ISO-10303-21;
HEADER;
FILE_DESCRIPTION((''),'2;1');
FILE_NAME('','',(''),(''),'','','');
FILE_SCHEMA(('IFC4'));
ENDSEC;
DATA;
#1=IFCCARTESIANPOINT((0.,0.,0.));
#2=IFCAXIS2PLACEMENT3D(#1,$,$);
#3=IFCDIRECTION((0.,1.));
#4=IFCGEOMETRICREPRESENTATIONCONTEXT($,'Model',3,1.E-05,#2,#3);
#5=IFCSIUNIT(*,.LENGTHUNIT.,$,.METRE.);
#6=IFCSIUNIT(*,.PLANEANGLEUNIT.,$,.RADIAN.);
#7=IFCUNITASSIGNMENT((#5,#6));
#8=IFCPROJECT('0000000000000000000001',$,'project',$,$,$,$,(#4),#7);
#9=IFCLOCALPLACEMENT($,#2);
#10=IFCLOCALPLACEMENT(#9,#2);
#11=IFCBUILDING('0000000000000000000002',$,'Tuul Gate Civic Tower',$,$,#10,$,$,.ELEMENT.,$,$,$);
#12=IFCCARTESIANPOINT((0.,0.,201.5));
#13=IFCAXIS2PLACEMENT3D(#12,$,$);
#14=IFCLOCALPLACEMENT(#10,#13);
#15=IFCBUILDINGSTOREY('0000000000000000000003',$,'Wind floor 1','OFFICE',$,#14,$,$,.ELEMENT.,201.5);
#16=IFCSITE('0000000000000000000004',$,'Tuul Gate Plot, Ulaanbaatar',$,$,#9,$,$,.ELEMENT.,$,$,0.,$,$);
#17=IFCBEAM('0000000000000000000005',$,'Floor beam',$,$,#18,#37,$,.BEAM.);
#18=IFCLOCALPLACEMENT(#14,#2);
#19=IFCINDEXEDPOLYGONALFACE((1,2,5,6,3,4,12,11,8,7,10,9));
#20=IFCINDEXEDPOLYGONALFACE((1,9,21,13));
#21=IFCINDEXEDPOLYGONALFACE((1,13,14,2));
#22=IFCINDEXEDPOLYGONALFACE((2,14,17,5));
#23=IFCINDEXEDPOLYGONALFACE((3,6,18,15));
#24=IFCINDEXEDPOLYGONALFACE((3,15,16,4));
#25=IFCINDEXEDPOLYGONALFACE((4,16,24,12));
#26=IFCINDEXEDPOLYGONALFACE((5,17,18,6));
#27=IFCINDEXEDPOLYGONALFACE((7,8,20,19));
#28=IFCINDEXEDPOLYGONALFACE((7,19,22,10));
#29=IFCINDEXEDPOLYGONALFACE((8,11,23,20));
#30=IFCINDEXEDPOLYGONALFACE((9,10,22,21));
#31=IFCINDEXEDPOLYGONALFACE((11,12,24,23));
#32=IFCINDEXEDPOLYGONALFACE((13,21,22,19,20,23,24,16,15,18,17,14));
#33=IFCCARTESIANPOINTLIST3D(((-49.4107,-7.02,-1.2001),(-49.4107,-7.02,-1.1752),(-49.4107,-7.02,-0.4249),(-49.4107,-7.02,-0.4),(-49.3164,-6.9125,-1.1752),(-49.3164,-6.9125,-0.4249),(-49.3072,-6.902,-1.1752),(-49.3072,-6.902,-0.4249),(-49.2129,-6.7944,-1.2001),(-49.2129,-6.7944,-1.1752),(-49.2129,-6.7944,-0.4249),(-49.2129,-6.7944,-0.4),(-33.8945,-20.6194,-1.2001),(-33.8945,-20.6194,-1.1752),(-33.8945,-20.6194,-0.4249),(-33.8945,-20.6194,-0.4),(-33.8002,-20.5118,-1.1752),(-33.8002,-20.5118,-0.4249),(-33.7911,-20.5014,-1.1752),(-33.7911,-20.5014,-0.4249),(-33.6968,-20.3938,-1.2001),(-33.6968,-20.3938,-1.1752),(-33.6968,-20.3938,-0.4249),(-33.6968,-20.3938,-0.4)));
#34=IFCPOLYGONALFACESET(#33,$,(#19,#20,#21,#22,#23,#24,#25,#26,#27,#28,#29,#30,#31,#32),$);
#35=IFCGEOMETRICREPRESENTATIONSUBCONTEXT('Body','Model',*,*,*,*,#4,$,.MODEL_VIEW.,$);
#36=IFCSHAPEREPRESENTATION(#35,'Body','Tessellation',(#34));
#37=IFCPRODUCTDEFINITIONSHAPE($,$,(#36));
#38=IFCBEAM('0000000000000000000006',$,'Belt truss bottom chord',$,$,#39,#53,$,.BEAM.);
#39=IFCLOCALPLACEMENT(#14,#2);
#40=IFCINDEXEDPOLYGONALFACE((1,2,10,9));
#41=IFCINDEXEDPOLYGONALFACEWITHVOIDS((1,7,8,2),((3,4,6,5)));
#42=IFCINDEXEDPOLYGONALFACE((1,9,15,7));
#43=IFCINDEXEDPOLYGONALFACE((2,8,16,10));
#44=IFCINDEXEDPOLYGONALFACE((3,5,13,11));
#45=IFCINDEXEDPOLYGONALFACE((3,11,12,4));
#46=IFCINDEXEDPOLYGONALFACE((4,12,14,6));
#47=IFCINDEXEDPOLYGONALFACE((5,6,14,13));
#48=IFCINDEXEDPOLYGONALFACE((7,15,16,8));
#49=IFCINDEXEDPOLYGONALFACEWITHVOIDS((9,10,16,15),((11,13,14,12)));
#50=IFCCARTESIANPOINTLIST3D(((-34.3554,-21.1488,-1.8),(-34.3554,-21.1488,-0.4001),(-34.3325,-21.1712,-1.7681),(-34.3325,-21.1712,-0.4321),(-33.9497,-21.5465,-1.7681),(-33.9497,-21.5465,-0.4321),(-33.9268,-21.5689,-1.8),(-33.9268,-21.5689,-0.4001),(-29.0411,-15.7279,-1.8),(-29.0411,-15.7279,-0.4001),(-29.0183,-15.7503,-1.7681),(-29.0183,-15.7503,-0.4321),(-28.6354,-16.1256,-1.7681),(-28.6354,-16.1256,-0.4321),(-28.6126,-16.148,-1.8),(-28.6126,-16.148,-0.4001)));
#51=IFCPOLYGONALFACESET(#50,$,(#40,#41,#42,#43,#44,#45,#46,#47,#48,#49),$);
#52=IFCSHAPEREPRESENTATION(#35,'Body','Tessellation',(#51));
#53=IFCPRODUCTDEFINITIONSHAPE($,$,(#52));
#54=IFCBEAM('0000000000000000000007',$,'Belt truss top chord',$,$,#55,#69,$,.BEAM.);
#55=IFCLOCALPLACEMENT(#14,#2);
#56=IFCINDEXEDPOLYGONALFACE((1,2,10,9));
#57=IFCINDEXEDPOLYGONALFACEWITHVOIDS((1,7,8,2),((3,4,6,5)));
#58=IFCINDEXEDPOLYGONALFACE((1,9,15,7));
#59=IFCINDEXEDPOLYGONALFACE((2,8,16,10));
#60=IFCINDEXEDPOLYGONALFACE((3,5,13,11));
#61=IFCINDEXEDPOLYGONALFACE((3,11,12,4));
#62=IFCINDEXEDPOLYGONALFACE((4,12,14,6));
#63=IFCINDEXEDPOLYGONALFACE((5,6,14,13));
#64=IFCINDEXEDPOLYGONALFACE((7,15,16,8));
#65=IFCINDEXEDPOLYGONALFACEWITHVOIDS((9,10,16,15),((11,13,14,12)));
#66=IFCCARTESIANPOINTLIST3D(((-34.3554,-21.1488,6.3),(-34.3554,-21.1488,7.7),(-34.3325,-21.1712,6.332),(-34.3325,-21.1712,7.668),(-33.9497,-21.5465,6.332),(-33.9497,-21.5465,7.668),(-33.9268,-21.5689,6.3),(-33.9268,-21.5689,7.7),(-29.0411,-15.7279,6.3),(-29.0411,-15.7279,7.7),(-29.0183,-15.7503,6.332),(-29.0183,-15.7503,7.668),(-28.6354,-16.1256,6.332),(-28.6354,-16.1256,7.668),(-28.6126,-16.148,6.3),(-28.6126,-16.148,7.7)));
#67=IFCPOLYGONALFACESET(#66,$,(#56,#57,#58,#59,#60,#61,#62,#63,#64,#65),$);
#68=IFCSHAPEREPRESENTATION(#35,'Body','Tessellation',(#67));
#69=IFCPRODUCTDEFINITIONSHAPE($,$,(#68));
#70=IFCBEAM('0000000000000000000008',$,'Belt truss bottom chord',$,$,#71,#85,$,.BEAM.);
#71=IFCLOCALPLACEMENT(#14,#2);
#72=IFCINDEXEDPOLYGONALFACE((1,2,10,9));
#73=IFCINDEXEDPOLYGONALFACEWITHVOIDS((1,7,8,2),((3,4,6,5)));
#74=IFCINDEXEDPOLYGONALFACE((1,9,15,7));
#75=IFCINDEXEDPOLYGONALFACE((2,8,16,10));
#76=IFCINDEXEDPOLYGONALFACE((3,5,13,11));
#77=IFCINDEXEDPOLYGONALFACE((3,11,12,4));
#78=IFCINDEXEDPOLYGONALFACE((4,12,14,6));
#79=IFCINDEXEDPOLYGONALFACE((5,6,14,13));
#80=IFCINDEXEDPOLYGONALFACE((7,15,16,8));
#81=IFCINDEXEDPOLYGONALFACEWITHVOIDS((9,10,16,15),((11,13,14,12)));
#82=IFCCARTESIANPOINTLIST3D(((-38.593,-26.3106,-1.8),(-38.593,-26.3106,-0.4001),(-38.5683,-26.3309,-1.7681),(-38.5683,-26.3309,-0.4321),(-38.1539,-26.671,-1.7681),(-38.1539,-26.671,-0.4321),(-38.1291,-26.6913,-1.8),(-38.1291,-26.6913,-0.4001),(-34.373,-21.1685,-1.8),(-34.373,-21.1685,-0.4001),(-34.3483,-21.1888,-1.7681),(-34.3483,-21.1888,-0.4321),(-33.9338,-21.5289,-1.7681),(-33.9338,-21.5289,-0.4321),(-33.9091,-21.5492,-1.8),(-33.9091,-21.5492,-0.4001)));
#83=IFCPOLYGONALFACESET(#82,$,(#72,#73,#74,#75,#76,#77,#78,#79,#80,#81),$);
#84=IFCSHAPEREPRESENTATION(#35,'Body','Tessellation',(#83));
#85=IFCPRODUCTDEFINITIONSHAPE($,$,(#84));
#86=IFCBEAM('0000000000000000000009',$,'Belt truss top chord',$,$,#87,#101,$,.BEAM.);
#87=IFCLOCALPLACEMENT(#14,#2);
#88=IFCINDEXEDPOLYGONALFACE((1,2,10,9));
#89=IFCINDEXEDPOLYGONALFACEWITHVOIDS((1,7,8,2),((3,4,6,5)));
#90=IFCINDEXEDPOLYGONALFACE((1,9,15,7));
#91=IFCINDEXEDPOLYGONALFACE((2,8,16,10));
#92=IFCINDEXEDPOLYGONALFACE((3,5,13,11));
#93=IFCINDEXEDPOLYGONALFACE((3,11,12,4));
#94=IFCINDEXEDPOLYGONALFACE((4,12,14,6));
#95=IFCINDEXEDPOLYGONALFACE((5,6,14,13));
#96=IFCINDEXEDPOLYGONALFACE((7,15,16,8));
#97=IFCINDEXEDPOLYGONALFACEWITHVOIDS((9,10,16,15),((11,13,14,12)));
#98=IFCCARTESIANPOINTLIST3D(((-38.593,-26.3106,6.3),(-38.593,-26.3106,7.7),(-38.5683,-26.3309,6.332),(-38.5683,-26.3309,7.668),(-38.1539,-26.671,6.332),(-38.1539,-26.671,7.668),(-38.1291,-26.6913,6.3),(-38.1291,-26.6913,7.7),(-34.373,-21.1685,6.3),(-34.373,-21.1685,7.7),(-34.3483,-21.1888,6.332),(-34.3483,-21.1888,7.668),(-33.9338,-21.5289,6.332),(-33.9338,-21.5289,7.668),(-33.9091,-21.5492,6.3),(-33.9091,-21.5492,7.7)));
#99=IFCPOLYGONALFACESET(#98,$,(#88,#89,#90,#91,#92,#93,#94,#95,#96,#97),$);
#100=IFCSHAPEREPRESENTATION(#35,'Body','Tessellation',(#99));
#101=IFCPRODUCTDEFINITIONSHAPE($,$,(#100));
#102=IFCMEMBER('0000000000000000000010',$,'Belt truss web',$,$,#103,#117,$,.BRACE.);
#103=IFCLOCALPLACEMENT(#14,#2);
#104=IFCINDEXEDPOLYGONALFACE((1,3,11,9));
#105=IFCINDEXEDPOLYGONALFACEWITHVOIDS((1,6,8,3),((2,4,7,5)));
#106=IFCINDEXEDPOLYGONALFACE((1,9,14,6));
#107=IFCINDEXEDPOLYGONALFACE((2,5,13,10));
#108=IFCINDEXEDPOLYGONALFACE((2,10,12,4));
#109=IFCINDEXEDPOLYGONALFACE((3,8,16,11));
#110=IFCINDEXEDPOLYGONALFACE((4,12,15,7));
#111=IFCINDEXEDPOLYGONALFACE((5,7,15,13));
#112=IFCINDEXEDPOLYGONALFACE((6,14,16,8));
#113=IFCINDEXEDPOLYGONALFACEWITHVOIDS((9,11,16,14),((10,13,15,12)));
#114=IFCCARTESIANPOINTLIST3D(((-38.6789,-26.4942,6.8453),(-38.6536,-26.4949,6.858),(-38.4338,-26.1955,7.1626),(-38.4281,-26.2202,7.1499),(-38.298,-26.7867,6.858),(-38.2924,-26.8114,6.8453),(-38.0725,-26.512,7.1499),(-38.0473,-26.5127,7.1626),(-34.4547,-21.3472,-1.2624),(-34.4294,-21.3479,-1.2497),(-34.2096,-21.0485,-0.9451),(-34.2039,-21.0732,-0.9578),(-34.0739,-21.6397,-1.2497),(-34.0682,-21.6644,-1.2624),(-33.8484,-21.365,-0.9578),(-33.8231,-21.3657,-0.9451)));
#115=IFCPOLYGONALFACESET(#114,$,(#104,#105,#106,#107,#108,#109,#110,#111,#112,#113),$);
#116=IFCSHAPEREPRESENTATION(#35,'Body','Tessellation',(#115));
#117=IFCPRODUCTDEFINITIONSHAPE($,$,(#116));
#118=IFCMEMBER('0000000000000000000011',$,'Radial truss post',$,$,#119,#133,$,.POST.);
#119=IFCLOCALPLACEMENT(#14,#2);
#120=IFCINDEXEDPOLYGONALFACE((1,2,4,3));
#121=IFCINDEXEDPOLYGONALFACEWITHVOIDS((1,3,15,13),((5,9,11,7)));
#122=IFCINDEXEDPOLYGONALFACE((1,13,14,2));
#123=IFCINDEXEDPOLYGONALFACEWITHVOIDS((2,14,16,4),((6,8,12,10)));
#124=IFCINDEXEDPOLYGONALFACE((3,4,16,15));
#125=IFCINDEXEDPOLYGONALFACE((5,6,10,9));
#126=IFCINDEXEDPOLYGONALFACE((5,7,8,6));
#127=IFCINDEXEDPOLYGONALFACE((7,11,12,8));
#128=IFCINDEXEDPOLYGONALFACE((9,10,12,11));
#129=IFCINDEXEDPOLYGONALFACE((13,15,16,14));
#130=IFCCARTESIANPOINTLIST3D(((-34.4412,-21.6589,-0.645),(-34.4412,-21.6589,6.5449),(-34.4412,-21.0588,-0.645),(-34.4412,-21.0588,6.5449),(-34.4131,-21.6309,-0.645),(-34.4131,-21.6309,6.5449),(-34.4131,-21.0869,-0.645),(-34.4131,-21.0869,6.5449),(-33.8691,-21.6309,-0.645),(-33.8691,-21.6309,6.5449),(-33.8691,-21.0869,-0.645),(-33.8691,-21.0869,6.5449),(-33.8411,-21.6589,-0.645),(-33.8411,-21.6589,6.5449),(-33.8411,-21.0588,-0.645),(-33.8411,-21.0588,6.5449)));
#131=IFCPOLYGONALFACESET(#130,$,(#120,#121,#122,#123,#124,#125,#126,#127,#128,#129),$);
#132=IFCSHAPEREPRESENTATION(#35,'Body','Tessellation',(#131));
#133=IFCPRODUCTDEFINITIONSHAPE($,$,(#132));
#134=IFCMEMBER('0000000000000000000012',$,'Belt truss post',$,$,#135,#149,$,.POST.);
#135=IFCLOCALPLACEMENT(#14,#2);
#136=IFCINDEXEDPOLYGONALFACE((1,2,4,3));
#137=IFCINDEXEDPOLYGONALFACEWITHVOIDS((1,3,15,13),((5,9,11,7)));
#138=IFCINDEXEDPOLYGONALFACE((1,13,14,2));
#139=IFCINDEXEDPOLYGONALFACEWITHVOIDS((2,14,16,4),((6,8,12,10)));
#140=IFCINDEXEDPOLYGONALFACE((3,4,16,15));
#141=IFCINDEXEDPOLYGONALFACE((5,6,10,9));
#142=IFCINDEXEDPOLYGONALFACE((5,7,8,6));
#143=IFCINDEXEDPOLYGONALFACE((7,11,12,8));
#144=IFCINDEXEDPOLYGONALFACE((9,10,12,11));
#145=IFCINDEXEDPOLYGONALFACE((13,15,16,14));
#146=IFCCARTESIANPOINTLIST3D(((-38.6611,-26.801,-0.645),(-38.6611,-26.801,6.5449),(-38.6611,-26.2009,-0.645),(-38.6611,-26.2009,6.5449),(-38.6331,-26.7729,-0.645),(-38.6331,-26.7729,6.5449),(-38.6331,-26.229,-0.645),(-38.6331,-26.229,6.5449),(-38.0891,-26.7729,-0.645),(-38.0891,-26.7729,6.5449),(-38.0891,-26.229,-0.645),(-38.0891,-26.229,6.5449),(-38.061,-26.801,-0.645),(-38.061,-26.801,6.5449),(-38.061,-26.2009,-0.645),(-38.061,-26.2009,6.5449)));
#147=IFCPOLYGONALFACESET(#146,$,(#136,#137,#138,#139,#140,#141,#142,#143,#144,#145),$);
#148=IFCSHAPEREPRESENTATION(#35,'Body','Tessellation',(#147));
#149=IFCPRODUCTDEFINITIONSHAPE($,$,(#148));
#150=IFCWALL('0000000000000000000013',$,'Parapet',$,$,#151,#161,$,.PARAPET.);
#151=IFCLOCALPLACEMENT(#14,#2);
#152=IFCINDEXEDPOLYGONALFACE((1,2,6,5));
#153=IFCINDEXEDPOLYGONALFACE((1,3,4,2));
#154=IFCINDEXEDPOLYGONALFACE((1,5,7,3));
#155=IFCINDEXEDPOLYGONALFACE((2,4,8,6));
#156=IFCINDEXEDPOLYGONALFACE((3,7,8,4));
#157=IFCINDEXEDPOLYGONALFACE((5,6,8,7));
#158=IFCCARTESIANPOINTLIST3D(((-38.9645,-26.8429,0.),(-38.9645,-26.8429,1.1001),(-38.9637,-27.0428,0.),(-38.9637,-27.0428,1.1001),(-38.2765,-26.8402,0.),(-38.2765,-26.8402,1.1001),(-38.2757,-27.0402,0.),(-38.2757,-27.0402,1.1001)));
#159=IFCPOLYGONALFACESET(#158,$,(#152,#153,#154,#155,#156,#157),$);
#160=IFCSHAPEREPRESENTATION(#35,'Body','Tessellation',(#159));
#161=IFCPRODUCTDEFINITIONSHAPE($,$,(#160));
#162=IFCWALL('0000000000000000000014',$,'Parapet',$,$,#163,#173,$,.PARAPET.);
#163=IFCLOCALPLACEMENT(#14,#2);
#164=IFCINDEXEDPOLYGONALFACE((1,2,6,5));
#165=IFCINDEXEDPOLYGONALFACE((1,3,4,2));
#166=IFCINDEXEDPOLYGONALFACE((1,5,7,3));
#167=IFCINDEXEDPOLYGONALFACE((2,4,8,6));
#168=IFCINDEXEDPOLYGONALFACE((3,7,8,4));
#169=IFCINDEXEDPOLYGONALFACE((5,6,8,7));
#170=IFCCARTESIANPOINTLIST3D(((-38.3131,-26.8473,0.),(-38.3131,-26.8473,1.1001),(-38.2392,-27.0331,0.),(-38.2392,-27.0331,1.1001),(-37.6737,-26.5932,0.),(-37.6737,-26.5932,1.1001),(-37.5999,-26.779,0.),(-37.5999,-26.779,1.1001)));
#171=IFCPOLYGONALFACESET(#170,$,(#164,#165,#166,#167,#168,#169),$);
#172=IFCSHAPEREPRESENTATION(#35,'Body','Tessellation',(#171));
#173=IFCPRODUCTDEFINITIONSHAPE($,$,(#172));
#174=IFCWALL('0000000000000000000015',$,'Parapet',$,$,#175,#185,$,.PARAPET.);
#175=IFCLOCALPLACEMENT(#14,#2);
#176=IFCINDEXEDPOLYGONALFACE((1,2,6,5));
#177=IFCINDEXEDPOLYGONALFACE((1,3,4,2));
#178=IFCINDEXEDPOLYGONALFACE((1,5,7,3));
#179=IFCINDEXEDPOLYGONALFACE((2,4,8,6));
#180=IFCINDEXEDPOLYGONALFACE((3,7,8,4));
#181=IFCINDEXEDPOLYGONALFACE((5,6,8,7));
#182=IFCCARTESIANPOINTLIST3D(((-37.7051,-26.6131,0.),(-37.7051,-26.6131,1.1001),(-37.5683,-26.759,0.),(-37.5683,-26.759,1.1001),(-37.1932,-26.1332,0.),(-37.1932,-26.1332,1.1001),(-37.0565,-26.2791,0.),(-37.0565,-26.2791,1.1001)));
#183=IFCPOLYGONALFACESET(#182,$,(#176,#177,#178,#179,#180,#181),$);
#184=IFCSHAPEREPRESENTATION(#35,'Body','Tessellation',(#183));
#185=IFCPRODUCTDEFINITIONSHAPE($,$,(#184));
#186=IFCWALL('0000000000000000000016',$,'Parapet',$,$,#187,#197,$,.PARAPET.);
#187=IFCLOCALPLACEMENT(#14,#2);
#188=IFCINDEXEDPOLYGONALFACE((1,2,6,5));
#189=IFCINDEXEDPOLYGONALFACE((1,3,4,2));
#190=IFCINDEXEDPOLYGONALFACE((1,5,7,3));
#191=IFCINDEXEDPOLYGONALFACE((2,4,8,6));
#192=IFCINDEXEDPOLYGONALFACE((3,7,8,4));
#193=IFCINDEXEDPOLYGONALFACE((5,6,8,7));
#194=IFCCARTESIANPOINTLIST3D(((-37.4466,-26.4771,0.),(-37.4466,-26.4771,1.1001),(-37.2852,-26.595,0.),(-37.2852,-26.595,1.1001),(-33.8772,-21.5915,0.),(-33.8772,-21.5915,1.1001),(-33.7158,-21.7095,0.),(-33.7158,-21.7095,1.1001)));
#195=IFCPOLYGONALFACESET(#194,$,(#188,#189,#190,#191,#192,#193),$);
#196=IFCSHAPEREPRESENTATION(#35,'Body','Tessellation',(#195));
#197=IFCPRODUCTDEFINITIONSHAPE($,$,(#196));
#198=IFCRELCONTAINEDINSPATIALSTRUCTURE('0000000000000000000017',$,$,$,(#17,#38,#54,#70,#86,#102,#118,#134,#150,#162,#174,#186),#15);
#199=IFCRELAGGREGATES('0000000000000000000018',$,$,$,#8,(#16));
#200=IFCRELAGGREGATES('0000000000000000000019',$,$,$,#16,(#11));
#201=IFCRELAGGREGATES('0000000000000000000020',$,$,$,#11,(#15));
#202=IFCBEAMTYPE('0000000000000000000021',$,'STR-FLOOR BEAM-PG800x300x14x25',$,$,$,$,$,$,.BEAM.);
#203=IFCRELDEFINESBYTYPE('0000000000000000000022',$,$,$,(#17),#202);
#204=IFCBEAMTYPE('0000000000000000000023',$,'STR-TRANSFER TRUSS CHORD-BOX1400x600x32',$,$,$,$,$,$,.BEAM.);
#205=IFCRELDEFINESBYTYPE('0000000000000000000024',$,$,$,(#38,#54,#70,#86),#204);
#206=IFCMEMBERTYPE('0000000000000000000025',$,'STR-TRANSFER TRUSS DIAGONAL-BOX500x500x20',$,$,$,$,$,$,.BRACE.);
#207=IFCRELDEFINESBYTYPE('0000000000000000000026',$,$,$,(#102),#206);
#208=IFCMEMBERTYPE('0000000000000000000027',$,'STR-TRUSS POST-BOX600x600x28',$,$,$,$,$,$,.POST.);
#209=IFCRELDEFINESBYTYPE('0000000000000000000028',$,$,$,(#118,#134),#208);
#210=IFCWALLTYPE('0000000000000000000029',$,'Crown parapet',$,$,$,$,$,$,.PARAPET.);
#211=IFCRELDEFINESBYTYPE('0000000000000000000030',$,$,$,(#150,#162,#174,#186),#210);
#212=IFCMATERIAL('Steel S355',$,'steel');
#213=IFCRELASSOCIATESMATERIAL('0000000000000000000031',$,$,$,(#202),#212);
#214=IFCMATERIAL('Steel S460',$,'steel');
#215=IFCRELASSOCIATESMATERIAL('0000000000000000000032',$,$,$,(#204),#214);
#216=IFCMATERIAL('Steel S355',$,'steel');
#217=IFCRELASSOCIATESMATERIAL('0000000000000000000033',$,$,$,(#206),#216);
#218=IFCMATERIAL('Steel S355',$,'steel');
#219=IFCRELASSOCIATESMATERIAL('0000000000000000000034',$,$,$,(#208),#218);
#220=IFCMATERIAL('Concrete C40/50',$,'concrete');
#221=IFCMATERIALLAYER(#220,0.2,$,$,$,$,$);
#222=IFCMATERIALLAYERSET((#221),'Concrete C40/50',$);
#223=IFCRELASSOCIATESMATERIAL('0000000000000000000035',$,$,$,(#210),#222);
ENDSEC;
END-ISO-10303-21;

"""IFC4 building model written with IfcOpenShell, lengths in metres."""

from ifc_helpers import new_model, si_unit, direction, frame, frame_2d, origin, origin_2d, place, context, subcontext, project, spatial, rectangle, hollow_rectangle, i_section, extrude, material, layer, layer_set, material_profile, profile_set, type_object, element, save


model = new_model("IFC4")

# Units and contexts
model_context = context("Model", 3, precision=1e-05, world=origin(), true_north=direction((0.0, 1.0)))
body_context = subcontext(model_context, "Body", "Model", "MODEL_VIEW")
ifc_project = project(units=[si_unit("LENGTHUNIT", "METRE"), si_unit("PLANEANGLEUNIT", "RADIAN")], contexts=[model_context])

# Site, building, storey
site_placement = place(None, origin())
site = spatial("IfcSite", under=ifc_project, at=site_placement, Name="Tuul Gate Plot, Ulaanbaatar", CompositionType="ELEMENT", RefElevation=0.0)
building_placement = place(site_placement, origin())
building = spatial("IfcBuilding", under=site, at=building_placement, Name="Tuul Gate Civic Tower", CompositionType="ELEMENT")
storey_placement = place(building_placement, frame((0.0, 0.0, 201.5)))
storey = spatial("IfcBuildingStorey", under=building, at=storey_placement, Name="Wind floor 1", Description="OFFICE", CompositionType="ELEMENT", Elevation=201.5)

# Beams
ifc_material_1 = material(Name="Steel S355", Category="steel")
ifc_material_profile_1 = material_profile(ifc_material_1, i_section(OverallWidth=0.3, OverallDepth=0.8, WebThickness=0.0139, FlangeThickness=0.0249, at=origin_2d()), Name="PG800x300x14x25")
ifc_profile_set_1 = profile_set([ifc_material_profile_1], Name="Steel S355")
beam_type_1 = type_object("IfcBeamType", Name="STR-FLOOR BEAM-PG800x300x14x25", PredefinedType="BEAM", material=ifc_profile_set_1)
beam_placement = place(storey_placement, frame((-33.7957, -20.5066, -0.8), z_axis=(-0.75203, 0.659129, 0.0), x_axis=(-0.659129, -0.75203, 0.0)))
element("IfcBeam", 1, at=beam_placement, inside=storey, type_object=beam_type_1, Name="Floor beam", PredefinedType="BEAM", context=body_context, shape_type="SweptSolid", body=[
    extrude(i_section(OverallWidth=0.3, OverallDepth=0.8, WebThickness=0.0139, FlangeThickness=0.0249, at=origin_2d()), origin(), (0.0, 0.0, 1.0), 20.6323),
])
ifc_material_2 = material(Name="Steel S460", Category="steel")
ifc_material_profile_2 = material_profile(ifc_material_2, hollow_rectangle(XDim=0.6001, YDim=1.3999, WallThickness=0.032, at=origin_2d()), Name="BOX1400x600x32")
ifc_profile_set_2 = profile_set([ifc_material_profile_2], Name="Steel S460")
beam_type_2 = type_object("IfcBeamType", Name="STR-TRANSFER TRUSS CHORD-BOX1400x600x32", PredefinedType="BEAM", material=ifc_profile_set_2)
for number, where, z_axis, x_axis, name in (
    (2, (-34.1411, -21.3589, -1.1001), (0.700045, 0.714099, 0.0), (-0.714099, 0.700045, 0.0), "Belt truss bottom chord"),
    (3, (-34.1411, -21.3589, 7.0), (0.700045, 0.714099, 0.0), (-0.714099, 0.700045, 0.0), "Belt truss top chord"),
):
    element("IfcBeam", number, at=place(storey_placement, frame(where, z_axis=z_axis, x_axis=x_axis)), inside=storey, type_object=beam_type_2, Name=name, PredefinedType="BEAM", context=body_context, shape_type="SweptSolid", body=[
        extrude(hollow_rectangle(XDim=0.6001, YDim=1.3999, WallThickness=0.032, at=origin_2d()), origin(), (0.0, 0.0, 1.0), 7.5913),
    ])
for number, where, z_axis, x_axis, name in (
    (4, (-38.3611, -26.501, -1.1001), (0.63439, 0.773013, 0.0), (-0.773013, 0.63439, 0.0), "Belt truss bottom chord"),
    (5, (-38.3611, -26.501, 7.0), (0.63439, 0.773013, 0.0), (-0.773013, 0.63439, 0.0), "Belt truss top chord"),
):
    element("IfcBeam", number, at=place(storey_placement, frame(where, z_axis=z_axis, x_axis=x_axis)), inside=storey, type_object=beam_type_2, Name=name, PredefinedType="BEAM", context=body_context, shape_type="SweptSolid", body=[
        extrude(hollow_rectangle(XDim=0.6001, YDim=1.3999, WallThickness=0.032, at=origin_2d()), origin(), (0.0, 0.0, 1.0), 6.6521),
    ])

# Members
ifc_material_3 = material(Name="Steel S355", Category="steel")
ifc_material_profile_3 = material_profile(ifc_material_3, hollow_rectangle(XDim=0.5, YDim=0.5, WallThickness=0.02, at=origin_2d()), Name="BOX500x500x20")
ifc_profile_set_3 = profile_set([ifc_material_profile_3], Name="Steel S355")
member_type_1 = type_object("IfcMemberType", Name="STR-TRANSFER TRUSS DIAGONAL-BOX500x500x20", PredefinedType="BRACE", material=ifc_profile_set_3)
member_placement = place(storey_placement, frame((-34.1389, -21.3564, -1.1038), z_axis=(-0.402628, -0.490591, 0.772794), x_axis=(0.773002, -0.634403, 0.0)))
element("IfcMember", 6, at=member_placement, inside=storey, type_object=member_type_1, Name="Belt truss web", PredefinedType="BRACE", context=body_context, shape_type="SweptSolid", body=[
    extrude(hollow_rectangle(XDim=0.5, YDim=0.5, WallThickness=0.02, at=origin_2d()), origin(), (0.0, 0.0, 1.0), 10.4915),
])
ifc_material_4 = material(Name="Steel S355", Category="steel")
ifc_material_profile_4 = material_profile(ifc_material_4, hollow_rectangle(XDim=0.6001, YDim=0.6001, WallThickness=0.0281, at=origin_2d()), Name="BOX600x600x28")
ifc_profile_set_4 = profile_set([ifc_material_profile_4], Name="Steel S355")
member_type_2 = type_object("IfcMemberType", Name="STR-TRUSS POST-BOX600x600x28", PredefinedType="POST", material=ifc_profile_set_4)
for number, where, z_axis, x_axis, name in (
    (7, (-34.1411, -21.3589, -0.645), (0.0, 0.0, 1.0), (1.0, 0.0, 0.0), "Radial truss post"),
    (8, (-38.3611, -26.501, -0.645), (0.0, 0.0, 1.0), (1.0, 0.0, 0.0), "Belt truss post"),
):
    element("IfcMember", number, at=place(storey_placement, frame(where, z_axis=z_axis, x_axis=x_axis)), inside=storey, type_object=member_type_2, Name=name, PredefinedType="POST", context=body_context, shape_type="SweptSolid", body=[
        extrude(hollow_rectangle(XDim=0.6001, YDim=0.6001, WallThickness=0.0281, at=origin_2d()), origin(), (0.0, 0.0, 1.0), 7.1899),
    ])

# Walls
ifc_material_5 = material(Name="Concrete C40/50", Category="concrete")
ifc_layer_1 = layer(ifc_material_5, 0.2)
ifc_layer_set_1 = layer_set([ifc_layer_1], Name="Concrete C40/50")
wall_type_1 = type_object("IfcWallType", Name="Crown parapet", PredefinedType="PARAPET", material=ifc_layer_set_1)
for number, where, z_axis, x_axis, name in (
    (9, (-38.9641, -26.9429, 0.0), (0.0, 0.0, 1.0), (0.999992, 0.003903, 0.0), "Parapet"),
    (10, (-38.2761, -26.9402, 0.0), (0.0, 0.0, 1.0), (0.929282, 0.369371, 0.0), "Parapet"),
):
    element("IfcWall", number, at=place(storey_placement, frame(where, z_axis=z_axis, x_axis=x_axis)), inside=storey, type_object=wall_type_1, Name=name, PredefinedType="PARAPET", context=body_context, shape_type="SweptSolid", body=[
        extrude(rectangle(XDim=0.688, YDim=0.2, at=frame_2d((0.344, 0.0))), origin(), (0.0, 0.0, 1.0), 1.1001),
    ])
wall_1_placement = place(storey_placement, frame((-37.6367, -26.686, 0.0), z_axis=(0.0, 0.0, 1.0), x_axis=(0.729526, 0.683953, 0.0)))
element("IfcWall", 11, at=wall_1_placement, inside=storey, type_object=wall_type_1, Name="Parapet", PredefinedType="PARAPET", context=body_context, shape_type="SweptSolid", body=[
    extrude(rectangle(XDim=0.7017, YDim=0.2, at=frame_2d((0.3508, 0.0))), origin(), (0.0, 0.0, 1.0), 1.1001),
])
wall_2_placement = place(storey_placement, frame((-37.366, -26.5361, 0.0), z_axis=(0.0, 0.0, 1.0), x_axis=(0.589927, 0.807457, 0.0)))
element("IfcWall", 12, at=wall_2_placement, inside=storey, type_object=wall_type_1, Name="Parapet", PredefinedType="PARAPET", context=body_context, shape_type="SweptSolid", body=[
    extrude(rectangle(XDim=6.0505, YDim=0.2, at=frame_2d((3.0254, 0.0))), origin(), (0.0, 0.0, 1.0), 1.1001),
])

save(model, "model.ifc")
